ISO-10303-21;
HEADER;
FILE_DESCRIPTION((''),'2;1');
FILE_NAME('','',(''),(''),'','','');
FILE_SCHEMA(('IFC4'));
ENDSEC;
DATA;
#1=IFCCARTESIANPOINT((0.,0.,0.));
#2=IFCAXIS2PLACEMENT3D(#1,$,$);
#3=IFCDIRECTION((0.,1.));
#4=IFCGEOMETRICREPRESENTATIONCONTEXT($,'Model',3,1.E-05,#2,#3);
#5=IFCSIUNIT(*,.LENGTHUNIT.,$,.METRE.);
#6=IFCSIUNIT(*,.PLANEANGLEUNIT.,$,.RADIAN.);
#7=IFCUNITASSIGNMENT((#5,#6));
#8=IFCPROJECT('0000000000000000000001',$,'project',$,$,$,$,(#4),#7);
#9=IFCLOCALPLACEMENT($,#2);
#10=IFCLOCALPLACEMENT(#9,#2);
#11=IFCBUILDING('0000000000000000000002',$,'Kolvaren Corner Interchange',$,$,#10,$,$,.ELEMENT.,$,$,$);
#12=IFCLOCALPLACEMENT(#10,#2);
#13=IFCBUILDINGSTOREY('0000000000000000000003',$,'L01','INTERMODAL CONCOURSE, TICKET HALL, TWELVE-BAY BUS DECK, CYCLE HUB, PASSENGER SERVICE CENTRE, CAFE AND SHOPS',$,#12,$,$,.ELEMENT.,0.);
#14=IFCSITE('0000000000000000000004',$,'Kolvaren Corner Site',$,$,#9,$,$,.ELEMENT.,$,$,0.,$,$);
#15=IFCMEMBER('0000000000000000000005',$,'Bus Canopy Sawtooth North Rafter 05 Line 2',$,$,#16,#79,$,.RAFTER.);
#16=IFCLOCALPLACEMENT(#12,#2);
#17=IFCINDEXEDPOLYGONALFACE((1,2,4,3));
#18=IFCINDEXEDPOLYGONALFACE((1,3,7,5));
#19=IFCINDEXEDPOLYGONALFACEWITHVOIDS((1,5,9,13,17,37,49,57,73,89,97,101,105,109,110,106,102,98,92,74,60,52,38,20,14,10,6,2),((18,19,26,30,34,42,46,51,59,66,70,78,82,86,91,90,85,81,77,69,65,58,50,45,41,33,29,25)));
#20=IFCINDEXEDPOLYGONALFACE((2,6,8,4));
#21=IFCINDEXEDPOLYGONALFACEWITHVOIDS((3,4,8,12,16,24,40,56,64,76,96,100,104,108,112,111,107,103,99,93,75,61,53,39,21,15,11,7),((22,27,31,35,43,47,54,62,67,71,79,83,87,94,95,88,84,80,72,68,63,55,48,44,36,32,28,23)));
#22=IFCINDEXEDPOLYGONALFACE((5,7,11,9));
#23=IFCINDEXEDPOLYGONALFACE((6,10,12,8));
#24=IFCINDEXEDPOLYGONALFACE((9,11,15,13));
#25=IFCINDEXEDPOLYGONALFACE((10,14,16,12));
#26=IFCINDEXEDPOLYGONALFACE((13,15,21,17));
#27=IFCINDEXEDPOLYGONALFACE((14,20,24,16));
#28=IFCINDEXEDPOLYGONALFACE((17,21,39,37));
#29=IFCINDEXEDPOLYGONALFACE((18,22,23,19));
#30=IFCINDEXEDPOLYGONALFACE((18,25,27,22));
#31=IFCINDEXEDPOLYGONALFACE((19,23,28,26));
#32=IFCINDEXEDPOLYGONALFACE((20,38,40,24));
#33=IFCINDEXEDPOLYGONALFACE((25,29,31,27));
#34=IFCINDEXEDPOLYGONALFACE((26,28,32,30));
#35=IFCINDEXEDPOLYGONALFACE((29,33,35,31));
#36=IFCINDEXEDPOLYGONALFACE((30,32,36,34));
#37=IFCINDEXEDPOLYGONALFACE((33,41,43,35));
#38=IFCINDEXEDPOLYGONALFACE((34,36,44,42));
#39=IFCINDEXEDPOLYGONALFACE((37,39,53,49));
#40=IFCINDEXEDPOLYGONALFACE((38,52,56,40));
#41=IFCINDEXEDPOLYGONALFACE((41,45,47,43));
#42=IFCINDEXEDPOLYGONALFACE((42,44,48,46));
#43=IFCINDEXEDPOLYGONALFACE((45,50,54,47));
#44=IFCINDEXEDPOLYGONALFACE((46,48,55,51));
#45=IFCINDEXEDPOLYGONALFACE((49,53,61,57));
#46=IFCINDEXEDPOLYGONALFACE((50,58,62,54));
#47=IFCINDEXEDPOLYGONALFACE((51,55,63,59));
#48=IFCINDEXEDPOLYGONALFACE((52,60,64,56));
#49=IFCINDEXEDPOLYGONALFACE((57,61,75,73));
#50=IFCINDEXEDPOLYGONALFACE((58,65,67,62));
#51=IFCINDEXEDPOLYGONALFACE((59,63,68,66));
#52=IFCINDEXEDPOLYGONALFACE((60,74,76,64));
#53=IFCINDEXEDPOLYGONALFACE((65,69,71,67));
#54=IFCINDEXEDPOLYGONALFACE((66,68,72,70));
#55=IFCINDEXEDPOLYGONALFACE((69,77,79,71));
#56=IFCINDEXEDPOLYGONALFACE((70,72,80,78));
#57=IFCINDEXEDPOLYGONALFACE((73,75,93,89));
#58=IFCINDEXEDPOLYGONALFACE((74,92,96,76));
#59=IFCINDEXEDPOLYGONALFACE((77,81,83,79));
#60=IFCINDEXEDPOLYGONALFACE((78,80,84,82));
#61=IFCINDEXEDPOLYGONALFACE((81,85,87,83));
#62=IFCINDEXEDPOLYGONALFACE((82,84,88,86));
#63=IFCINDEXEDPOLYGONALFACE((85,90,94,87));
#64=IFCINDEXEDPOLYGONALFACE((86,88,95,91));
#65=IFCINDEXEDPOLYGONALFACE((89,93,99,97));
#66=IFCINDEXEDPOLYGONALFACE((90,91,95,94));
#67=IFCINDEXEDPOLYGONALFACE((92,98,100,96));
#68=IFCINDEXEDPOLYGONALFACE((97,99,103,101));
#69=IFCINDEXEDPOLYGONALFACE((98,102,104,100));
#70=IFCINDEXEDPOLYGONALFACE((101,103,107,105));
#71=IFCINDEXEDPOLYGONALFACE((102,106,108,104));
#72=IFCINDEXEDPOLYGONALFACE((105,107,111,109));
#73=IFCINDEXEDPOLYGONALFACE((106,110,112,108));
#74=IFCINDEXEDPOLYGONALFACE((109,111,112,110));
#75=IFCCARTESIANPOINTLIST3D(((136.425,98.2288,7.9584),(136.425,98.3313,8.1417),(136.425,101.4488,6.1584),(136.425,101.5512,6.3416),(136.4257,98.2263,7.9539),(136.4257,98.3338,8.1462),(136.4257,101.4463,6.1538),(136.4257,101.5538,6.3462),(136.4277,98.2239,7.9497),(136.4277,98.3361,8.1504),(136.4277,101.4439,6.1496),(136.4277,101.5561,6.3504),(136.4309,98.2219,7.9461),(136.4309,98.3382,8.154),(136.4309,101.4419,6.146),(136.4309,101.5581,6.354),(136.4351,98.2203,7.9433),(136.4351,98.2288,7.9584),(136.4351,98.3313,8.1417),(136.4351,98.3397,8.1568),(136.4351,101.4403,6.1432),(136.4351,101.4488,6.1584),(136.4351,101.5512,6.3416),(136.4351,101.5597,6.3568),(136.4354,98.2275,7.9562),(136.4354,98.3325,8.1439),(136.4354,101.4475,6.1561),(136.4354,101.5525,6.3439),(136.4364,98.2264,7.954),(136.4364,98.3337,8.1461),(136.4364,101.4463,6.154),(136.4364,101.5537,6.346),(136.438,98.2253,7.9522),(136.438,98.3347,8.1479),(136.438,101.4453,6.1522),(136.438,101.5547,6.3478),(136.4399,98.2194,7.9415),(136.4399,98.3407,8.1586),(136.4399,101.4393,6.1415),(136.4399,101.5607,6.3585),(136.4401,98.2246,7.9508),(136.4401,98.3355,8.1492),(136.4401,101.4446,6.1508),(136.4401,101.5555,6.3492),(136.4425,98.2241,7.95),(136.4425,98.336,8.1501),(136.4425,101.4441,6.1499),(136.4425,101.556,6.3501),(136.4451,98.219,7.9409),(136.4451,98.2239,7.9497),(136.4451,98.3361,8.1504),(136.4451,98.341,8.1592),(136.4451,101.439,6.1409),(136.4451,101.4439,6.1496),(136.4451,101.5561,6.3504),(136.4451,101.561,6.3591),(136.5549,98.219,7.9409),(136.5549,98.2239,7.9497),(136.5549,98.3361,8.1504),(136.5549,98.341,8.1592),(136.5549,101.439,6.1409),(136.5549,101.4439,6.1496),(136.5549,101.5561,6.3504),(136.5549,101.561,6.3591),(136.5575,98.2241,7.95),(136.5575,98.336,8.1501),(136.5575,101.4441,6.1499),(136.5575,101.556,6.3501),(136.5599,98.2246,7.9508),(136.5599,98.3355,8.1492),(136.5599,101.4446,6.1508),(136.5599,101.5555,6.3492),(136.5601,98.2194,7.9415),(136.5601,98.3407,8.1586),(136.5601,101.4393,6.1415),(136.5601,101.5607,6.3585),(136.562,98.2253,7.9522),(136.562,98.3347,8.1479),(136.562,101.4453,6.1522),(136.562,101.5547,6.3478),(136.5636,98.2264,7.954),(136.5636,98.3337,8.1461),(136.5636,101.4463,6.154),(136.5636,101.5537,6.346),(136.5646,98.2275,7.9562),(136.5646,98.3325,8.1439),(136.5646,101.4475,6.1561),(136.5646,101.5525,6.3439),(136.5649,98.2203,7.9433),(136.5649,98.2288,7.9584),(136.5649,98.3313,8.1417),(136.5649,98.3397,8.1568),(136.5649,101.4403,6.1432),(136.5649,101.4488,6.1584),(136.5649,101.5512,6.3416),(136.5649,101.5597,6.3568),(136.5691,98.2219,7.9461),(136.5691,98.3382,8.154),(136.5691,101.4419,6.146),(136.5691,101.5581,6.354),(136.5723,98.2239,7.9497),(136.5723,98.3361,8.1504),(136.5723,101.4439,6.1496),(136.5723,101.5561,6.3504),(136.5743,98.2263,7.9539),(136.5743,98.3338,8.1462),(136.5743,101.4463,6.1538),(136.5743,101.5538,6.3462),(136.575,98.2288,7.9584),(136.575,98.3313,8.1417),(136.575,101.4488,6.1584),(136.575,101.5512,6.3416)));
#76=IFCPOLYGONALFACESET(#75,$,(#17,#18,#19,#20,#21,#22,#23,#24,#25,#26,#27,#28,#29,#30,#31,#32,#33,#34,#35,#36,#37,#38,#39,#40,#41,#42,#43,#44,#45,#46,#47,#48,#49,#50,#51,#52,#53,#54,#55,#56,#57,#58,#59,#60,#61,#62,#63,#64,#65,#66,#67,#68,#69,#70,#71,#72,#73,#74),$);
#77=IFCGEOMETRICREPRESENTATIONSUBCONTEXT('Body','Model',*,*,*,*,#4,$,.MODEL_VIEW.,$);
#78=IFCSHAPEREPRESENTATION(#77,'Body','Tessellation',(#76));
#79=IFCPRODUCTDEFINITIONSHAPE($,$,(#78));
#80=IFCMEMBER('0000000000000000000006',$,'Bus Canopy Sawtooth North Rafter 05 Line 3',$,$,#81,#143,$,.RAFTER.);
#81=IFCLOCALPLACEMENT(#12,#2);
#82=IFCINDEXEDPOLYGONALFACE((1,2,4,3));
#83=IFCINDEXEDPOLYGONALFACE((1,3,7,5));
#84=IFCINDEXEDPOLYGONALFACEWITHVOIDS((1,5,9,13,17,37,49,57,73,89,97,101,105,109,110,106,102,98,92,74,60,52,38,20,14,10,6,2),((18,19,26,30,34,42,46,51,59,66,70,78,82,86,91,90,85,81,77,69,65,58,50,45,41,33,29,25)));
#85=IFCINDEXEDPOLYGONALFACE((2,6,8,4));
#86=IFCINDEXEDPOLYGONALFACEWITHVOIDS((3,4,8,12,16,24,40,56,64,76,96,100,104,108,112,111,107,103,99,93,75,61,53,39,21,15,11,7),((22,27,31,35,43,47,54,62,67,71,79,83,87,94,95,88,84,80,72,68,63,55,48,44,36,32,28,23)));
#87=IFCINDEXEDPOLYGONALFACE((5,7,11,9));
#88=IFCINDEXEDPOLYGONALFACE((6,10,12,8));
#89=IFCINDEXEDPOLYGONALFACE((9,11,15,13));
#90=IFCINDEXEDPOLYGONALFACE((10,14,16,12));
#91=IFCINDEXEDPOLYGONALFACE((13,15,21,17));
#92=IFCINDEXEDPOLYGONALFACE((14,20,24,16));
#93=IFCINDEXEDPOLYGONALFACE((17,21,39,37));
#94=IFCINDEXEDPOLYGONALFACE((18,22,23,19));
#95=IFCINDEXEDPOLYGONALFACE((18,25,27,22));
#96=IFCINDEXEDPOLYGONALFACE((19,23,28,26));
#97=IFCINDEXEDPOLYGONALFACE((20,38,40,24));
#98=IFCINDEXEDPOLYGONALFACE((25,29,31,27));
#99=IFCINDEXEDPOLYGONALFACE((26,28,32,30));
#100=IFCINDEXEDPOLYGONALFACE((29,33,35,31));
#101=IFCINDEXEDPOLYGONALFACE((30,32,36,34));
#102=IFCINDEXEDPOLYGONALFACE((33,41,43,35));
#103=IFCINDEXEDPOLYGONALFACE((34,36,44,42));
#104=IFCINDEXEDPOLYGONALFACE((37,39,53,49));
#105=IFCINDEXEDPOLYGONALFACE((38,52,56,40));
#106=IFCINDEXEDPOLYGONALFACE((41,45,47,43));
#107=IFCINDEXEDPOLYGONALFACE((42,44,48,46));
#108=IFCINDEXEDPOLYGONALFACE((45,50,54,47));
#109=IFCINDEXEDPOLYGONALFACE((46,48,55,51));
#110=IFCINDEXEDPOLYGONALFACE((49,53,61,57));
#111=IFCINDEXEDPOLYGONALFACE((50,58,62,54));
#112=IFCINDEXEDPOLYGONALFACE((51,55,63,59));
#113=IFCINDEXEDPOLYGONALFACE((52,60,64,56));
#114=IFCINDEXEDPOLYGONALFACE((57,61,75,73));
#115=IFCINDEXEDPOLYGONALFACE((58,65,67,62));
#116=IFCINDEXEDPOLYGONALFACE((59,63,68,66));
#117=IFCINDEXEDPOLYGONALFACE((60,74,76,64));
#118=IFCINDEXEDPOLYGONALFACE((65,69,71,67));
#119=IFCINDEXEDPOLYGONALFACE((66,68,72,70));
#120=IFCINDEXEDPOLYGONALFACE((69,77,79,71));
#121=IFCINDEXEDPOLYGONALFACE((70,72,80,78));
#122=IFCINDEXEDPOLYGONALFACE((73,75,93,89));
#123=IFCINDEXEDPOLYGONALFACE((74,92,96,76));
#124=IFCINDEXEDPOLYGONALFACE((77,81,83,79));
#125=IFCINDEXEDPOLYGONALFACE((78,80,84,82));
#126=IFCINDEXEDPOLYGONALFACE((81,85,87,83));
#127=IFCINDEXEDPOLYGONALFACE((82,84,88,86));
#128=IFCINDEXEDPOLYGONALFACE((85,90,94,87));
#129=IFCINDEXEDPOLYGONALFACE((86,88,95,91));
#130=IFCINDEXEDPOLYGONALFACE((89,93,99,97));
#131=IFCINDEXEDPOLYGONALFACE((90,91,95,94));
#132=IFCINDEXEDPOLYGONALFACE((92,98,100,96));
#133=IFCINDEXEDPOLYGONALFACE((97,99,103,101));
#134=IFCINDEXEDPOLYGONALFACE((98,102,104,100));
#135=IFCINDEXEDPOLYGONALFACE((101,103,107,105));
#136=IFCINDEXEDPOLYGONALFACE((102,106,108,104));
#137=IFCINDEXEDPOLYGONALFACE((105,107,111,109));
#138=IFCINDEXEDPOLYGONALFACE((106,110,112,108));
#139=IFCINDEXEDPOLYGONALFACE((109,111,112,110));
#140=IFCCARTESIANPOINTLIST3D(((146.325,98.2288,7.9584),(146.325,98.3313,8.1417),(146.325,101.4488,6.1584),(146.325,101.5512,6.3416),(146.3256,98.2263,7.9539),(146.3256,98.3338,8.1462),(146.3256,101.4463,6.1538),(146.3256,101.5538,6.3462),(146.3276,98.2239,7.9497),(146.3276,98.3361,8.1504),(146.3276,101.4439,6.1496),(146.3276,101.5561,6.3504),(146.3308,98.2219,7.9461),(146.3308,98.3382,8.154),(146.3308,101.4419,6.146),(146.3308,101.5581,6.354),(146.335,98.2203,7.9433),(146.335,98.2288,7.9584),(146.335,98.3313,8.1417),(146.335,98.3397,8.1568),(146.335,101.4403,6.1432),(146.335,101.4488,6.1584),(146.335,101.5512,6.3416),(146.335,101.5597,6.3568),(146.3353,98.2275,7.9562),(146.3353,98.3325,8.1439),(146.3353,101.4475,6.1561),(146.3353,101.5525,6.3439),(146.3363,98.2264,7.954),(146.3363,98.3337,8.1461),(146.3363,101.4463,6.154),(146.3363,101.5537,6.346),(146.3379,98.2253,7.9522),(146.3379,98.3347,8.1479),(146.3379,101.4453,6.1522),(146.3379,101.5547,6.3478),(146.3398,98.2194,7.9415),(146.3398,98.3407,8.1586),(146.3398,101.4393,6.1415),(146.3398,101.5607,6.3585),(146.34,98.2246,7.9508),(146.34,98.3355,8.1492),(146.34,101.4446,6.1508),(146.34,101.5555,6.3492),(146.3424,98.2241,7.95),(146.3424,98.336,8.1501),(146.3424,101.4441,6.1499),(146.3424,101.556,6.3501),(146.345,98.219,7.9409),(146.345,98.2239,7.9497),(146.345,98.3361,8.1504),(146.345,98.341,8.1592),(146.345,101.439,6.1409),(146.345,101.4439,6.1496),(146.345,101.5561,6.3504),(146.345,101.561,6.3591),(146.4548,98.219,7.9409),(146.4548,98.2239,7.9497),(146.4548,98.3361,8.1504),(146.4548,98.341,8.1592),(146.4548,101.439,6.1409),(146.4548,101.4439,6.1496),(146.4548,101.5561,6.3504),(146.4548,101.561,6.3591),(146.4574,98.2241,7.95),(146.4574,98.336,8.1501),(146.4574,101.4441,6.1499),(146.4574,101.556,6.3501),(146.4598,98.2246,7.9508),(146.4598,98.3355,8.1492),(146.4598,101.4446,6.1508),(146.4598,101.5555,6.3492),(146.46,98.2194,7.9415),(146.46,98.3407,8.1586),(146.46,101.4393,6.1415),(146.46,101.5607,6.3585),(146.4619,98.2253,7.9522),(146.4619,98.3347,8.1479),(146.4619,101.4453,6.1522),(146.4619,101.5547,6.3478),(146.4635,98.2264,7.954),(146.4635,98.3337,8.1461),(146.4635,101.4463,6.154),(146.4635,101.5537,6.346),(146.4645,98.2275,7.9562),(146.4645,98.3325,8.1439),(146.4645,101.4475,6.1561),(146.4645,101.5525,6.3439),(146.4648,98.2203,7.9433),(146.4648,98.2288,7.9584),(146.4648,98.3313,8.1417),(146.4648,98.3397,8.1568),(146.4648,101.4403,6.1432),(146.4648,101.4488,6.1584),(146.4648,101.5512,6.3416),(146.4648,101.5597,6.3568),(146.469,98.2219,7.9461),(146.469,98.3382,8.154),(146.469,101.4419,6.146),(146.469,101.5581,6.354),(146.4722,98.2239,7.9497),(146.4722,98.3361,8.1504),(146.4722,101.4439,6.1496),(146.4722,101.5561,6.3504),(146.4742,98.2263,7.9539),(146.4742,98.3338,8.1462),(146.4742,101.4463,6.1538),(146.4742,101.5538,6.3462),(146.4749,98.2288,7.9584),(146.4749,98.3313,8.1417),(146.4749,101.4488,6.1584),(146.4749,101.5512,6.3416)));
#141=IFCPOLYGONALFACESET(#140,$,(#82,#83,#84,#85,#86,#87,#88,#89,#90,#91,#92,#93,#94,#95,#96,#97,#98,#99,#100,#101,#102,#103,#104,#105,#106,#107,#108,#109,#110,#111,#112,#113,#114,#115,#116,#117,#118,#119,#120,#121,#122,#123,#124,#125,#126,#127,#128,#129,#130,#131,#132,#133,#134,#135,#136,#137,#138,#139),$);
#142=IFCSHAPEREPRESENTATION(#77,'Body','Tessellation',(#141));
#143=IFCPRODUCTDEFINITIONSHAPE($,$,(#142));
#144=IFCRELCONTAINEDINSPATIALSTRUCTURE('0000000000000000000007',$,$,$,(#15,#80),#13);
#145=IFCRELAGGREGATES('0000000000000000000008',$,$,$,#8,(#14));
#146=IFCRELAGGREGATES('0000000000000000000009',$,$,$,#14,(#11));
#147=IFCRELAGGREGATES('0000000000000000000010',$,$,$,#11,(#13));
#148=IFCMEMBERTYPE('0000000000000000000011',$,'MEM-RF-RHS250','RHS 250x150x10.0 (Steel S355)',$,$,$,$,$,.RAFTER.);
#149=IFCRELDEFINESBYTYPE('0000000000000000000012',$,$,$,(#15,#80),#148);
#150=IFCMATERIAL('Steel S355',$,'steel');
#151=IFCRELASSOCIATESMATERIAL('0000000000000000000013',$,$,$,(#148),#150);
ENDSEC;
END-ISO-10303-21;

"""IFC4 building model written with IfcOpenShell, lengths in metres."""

from ifc_helpers import new_model, si_unit, direction, frame, origin, origin_2d, place, context, subcontext, project, spatial, hollow_rectangle, extrude, material, material_profile, profile_set, type_object, element, save


model = new_model("IFC4")

# Units and contexts
model_context = context("Model", 3, precision=1e-05, world=origin(), true_north=direction((0.0, 1.0)))
body_context = subcontext(model_context, "Body", "Model", "MODEL_VIEW")
ifc_project = project(units=[si_unit("LENGTHUNIT", "METRE"), si_unit("PLANEANGLEUNIT", "RADIAN")], contexts=[model_context])

# Site, building, storey
site_placement = place(None, origin())
site = spatial("IfcSite", under=ifc_project, at=site_placement, Name="Kolvaren Corner Site", CompositionType="ELEMENT", RefElevation=0.0)
building_placement = place(site_placement, origin())
building = spatial("IfcBuilding", under=site, at=building_placement, Name="Kolvaren Corner Interchange", CompositionType="ELEMENT")
storey_placement = place(building_placement, origin())
storey = spatial("IfcBuildingStorey", under=building, at=storey_placement, Name="L01", Description="INTERMODAL CONCOURSE, TICKET HALL, TWELVE-BAY BUS DECK, CYCLE HUB, PASSENGER SERVICE CENTRE, CAFE AND SHOPS", CompositionType="ELEMENT", Elevation=0.0)

# Members
ifc_material_1 = material(Name="Steel S355", Category="steel")
ifc_material_profile_1 = material_profile(ifc_material_1, hollow_rectangle(XDim=0.1499, YDim=0.25, WallThickness=0.01, InnerFilletRadius=0.01, OuterFilletRadius=0.02, at=origin_2d()), Name="RHS 250x150x10.0")
ifc_profile_set_1 = profile_set([ifc_material_profile_1], Name="Steel S355")
member_type_1 = type_object("IfcMemberType", Name="MEM-RF-RHS250", Description="RHS 250x150x10.0 (Steel S355)", PredefinedType="RAFTER", material=ifc_profile_set_1)
for number, where, z_axis, x_axis, name in (
    (1, (136.5, 98.28, 8.05), (0.0, 0.872868, -0.487956), (-1.0, 0.0, 0.0), "Bus Canopy Sawtooth North Rafter 05 Line 2"),
    (2, (146.3999, 98.28, 8.05), (0.0, 0.872868, -0.487956), (-1.0, 0.0, 0.0), "Bus Canopy Sawtooth North Rafter 05 Line 3"),
):
    element("IfcMember", number, at=place(storey_placement, frame(where, z_axis=z_axis, x_axis=x_axis)), inside=storey, type_object=member_type_1, Name=name, PredefinedType="RAFTER", context=body_context, shape_type="SweptSolid", body=[
        extrude(hollow_rectangle(XDim=0.1499, YDim=0.25, WallThickness=0.01, InnerFilletRadius=0.01, OuterFilletRadius=0.02, at=origin_2d()), origin(), (0.0, 0.0, 1.0), 3.689),
    ])

save(model, "model.ifc")
